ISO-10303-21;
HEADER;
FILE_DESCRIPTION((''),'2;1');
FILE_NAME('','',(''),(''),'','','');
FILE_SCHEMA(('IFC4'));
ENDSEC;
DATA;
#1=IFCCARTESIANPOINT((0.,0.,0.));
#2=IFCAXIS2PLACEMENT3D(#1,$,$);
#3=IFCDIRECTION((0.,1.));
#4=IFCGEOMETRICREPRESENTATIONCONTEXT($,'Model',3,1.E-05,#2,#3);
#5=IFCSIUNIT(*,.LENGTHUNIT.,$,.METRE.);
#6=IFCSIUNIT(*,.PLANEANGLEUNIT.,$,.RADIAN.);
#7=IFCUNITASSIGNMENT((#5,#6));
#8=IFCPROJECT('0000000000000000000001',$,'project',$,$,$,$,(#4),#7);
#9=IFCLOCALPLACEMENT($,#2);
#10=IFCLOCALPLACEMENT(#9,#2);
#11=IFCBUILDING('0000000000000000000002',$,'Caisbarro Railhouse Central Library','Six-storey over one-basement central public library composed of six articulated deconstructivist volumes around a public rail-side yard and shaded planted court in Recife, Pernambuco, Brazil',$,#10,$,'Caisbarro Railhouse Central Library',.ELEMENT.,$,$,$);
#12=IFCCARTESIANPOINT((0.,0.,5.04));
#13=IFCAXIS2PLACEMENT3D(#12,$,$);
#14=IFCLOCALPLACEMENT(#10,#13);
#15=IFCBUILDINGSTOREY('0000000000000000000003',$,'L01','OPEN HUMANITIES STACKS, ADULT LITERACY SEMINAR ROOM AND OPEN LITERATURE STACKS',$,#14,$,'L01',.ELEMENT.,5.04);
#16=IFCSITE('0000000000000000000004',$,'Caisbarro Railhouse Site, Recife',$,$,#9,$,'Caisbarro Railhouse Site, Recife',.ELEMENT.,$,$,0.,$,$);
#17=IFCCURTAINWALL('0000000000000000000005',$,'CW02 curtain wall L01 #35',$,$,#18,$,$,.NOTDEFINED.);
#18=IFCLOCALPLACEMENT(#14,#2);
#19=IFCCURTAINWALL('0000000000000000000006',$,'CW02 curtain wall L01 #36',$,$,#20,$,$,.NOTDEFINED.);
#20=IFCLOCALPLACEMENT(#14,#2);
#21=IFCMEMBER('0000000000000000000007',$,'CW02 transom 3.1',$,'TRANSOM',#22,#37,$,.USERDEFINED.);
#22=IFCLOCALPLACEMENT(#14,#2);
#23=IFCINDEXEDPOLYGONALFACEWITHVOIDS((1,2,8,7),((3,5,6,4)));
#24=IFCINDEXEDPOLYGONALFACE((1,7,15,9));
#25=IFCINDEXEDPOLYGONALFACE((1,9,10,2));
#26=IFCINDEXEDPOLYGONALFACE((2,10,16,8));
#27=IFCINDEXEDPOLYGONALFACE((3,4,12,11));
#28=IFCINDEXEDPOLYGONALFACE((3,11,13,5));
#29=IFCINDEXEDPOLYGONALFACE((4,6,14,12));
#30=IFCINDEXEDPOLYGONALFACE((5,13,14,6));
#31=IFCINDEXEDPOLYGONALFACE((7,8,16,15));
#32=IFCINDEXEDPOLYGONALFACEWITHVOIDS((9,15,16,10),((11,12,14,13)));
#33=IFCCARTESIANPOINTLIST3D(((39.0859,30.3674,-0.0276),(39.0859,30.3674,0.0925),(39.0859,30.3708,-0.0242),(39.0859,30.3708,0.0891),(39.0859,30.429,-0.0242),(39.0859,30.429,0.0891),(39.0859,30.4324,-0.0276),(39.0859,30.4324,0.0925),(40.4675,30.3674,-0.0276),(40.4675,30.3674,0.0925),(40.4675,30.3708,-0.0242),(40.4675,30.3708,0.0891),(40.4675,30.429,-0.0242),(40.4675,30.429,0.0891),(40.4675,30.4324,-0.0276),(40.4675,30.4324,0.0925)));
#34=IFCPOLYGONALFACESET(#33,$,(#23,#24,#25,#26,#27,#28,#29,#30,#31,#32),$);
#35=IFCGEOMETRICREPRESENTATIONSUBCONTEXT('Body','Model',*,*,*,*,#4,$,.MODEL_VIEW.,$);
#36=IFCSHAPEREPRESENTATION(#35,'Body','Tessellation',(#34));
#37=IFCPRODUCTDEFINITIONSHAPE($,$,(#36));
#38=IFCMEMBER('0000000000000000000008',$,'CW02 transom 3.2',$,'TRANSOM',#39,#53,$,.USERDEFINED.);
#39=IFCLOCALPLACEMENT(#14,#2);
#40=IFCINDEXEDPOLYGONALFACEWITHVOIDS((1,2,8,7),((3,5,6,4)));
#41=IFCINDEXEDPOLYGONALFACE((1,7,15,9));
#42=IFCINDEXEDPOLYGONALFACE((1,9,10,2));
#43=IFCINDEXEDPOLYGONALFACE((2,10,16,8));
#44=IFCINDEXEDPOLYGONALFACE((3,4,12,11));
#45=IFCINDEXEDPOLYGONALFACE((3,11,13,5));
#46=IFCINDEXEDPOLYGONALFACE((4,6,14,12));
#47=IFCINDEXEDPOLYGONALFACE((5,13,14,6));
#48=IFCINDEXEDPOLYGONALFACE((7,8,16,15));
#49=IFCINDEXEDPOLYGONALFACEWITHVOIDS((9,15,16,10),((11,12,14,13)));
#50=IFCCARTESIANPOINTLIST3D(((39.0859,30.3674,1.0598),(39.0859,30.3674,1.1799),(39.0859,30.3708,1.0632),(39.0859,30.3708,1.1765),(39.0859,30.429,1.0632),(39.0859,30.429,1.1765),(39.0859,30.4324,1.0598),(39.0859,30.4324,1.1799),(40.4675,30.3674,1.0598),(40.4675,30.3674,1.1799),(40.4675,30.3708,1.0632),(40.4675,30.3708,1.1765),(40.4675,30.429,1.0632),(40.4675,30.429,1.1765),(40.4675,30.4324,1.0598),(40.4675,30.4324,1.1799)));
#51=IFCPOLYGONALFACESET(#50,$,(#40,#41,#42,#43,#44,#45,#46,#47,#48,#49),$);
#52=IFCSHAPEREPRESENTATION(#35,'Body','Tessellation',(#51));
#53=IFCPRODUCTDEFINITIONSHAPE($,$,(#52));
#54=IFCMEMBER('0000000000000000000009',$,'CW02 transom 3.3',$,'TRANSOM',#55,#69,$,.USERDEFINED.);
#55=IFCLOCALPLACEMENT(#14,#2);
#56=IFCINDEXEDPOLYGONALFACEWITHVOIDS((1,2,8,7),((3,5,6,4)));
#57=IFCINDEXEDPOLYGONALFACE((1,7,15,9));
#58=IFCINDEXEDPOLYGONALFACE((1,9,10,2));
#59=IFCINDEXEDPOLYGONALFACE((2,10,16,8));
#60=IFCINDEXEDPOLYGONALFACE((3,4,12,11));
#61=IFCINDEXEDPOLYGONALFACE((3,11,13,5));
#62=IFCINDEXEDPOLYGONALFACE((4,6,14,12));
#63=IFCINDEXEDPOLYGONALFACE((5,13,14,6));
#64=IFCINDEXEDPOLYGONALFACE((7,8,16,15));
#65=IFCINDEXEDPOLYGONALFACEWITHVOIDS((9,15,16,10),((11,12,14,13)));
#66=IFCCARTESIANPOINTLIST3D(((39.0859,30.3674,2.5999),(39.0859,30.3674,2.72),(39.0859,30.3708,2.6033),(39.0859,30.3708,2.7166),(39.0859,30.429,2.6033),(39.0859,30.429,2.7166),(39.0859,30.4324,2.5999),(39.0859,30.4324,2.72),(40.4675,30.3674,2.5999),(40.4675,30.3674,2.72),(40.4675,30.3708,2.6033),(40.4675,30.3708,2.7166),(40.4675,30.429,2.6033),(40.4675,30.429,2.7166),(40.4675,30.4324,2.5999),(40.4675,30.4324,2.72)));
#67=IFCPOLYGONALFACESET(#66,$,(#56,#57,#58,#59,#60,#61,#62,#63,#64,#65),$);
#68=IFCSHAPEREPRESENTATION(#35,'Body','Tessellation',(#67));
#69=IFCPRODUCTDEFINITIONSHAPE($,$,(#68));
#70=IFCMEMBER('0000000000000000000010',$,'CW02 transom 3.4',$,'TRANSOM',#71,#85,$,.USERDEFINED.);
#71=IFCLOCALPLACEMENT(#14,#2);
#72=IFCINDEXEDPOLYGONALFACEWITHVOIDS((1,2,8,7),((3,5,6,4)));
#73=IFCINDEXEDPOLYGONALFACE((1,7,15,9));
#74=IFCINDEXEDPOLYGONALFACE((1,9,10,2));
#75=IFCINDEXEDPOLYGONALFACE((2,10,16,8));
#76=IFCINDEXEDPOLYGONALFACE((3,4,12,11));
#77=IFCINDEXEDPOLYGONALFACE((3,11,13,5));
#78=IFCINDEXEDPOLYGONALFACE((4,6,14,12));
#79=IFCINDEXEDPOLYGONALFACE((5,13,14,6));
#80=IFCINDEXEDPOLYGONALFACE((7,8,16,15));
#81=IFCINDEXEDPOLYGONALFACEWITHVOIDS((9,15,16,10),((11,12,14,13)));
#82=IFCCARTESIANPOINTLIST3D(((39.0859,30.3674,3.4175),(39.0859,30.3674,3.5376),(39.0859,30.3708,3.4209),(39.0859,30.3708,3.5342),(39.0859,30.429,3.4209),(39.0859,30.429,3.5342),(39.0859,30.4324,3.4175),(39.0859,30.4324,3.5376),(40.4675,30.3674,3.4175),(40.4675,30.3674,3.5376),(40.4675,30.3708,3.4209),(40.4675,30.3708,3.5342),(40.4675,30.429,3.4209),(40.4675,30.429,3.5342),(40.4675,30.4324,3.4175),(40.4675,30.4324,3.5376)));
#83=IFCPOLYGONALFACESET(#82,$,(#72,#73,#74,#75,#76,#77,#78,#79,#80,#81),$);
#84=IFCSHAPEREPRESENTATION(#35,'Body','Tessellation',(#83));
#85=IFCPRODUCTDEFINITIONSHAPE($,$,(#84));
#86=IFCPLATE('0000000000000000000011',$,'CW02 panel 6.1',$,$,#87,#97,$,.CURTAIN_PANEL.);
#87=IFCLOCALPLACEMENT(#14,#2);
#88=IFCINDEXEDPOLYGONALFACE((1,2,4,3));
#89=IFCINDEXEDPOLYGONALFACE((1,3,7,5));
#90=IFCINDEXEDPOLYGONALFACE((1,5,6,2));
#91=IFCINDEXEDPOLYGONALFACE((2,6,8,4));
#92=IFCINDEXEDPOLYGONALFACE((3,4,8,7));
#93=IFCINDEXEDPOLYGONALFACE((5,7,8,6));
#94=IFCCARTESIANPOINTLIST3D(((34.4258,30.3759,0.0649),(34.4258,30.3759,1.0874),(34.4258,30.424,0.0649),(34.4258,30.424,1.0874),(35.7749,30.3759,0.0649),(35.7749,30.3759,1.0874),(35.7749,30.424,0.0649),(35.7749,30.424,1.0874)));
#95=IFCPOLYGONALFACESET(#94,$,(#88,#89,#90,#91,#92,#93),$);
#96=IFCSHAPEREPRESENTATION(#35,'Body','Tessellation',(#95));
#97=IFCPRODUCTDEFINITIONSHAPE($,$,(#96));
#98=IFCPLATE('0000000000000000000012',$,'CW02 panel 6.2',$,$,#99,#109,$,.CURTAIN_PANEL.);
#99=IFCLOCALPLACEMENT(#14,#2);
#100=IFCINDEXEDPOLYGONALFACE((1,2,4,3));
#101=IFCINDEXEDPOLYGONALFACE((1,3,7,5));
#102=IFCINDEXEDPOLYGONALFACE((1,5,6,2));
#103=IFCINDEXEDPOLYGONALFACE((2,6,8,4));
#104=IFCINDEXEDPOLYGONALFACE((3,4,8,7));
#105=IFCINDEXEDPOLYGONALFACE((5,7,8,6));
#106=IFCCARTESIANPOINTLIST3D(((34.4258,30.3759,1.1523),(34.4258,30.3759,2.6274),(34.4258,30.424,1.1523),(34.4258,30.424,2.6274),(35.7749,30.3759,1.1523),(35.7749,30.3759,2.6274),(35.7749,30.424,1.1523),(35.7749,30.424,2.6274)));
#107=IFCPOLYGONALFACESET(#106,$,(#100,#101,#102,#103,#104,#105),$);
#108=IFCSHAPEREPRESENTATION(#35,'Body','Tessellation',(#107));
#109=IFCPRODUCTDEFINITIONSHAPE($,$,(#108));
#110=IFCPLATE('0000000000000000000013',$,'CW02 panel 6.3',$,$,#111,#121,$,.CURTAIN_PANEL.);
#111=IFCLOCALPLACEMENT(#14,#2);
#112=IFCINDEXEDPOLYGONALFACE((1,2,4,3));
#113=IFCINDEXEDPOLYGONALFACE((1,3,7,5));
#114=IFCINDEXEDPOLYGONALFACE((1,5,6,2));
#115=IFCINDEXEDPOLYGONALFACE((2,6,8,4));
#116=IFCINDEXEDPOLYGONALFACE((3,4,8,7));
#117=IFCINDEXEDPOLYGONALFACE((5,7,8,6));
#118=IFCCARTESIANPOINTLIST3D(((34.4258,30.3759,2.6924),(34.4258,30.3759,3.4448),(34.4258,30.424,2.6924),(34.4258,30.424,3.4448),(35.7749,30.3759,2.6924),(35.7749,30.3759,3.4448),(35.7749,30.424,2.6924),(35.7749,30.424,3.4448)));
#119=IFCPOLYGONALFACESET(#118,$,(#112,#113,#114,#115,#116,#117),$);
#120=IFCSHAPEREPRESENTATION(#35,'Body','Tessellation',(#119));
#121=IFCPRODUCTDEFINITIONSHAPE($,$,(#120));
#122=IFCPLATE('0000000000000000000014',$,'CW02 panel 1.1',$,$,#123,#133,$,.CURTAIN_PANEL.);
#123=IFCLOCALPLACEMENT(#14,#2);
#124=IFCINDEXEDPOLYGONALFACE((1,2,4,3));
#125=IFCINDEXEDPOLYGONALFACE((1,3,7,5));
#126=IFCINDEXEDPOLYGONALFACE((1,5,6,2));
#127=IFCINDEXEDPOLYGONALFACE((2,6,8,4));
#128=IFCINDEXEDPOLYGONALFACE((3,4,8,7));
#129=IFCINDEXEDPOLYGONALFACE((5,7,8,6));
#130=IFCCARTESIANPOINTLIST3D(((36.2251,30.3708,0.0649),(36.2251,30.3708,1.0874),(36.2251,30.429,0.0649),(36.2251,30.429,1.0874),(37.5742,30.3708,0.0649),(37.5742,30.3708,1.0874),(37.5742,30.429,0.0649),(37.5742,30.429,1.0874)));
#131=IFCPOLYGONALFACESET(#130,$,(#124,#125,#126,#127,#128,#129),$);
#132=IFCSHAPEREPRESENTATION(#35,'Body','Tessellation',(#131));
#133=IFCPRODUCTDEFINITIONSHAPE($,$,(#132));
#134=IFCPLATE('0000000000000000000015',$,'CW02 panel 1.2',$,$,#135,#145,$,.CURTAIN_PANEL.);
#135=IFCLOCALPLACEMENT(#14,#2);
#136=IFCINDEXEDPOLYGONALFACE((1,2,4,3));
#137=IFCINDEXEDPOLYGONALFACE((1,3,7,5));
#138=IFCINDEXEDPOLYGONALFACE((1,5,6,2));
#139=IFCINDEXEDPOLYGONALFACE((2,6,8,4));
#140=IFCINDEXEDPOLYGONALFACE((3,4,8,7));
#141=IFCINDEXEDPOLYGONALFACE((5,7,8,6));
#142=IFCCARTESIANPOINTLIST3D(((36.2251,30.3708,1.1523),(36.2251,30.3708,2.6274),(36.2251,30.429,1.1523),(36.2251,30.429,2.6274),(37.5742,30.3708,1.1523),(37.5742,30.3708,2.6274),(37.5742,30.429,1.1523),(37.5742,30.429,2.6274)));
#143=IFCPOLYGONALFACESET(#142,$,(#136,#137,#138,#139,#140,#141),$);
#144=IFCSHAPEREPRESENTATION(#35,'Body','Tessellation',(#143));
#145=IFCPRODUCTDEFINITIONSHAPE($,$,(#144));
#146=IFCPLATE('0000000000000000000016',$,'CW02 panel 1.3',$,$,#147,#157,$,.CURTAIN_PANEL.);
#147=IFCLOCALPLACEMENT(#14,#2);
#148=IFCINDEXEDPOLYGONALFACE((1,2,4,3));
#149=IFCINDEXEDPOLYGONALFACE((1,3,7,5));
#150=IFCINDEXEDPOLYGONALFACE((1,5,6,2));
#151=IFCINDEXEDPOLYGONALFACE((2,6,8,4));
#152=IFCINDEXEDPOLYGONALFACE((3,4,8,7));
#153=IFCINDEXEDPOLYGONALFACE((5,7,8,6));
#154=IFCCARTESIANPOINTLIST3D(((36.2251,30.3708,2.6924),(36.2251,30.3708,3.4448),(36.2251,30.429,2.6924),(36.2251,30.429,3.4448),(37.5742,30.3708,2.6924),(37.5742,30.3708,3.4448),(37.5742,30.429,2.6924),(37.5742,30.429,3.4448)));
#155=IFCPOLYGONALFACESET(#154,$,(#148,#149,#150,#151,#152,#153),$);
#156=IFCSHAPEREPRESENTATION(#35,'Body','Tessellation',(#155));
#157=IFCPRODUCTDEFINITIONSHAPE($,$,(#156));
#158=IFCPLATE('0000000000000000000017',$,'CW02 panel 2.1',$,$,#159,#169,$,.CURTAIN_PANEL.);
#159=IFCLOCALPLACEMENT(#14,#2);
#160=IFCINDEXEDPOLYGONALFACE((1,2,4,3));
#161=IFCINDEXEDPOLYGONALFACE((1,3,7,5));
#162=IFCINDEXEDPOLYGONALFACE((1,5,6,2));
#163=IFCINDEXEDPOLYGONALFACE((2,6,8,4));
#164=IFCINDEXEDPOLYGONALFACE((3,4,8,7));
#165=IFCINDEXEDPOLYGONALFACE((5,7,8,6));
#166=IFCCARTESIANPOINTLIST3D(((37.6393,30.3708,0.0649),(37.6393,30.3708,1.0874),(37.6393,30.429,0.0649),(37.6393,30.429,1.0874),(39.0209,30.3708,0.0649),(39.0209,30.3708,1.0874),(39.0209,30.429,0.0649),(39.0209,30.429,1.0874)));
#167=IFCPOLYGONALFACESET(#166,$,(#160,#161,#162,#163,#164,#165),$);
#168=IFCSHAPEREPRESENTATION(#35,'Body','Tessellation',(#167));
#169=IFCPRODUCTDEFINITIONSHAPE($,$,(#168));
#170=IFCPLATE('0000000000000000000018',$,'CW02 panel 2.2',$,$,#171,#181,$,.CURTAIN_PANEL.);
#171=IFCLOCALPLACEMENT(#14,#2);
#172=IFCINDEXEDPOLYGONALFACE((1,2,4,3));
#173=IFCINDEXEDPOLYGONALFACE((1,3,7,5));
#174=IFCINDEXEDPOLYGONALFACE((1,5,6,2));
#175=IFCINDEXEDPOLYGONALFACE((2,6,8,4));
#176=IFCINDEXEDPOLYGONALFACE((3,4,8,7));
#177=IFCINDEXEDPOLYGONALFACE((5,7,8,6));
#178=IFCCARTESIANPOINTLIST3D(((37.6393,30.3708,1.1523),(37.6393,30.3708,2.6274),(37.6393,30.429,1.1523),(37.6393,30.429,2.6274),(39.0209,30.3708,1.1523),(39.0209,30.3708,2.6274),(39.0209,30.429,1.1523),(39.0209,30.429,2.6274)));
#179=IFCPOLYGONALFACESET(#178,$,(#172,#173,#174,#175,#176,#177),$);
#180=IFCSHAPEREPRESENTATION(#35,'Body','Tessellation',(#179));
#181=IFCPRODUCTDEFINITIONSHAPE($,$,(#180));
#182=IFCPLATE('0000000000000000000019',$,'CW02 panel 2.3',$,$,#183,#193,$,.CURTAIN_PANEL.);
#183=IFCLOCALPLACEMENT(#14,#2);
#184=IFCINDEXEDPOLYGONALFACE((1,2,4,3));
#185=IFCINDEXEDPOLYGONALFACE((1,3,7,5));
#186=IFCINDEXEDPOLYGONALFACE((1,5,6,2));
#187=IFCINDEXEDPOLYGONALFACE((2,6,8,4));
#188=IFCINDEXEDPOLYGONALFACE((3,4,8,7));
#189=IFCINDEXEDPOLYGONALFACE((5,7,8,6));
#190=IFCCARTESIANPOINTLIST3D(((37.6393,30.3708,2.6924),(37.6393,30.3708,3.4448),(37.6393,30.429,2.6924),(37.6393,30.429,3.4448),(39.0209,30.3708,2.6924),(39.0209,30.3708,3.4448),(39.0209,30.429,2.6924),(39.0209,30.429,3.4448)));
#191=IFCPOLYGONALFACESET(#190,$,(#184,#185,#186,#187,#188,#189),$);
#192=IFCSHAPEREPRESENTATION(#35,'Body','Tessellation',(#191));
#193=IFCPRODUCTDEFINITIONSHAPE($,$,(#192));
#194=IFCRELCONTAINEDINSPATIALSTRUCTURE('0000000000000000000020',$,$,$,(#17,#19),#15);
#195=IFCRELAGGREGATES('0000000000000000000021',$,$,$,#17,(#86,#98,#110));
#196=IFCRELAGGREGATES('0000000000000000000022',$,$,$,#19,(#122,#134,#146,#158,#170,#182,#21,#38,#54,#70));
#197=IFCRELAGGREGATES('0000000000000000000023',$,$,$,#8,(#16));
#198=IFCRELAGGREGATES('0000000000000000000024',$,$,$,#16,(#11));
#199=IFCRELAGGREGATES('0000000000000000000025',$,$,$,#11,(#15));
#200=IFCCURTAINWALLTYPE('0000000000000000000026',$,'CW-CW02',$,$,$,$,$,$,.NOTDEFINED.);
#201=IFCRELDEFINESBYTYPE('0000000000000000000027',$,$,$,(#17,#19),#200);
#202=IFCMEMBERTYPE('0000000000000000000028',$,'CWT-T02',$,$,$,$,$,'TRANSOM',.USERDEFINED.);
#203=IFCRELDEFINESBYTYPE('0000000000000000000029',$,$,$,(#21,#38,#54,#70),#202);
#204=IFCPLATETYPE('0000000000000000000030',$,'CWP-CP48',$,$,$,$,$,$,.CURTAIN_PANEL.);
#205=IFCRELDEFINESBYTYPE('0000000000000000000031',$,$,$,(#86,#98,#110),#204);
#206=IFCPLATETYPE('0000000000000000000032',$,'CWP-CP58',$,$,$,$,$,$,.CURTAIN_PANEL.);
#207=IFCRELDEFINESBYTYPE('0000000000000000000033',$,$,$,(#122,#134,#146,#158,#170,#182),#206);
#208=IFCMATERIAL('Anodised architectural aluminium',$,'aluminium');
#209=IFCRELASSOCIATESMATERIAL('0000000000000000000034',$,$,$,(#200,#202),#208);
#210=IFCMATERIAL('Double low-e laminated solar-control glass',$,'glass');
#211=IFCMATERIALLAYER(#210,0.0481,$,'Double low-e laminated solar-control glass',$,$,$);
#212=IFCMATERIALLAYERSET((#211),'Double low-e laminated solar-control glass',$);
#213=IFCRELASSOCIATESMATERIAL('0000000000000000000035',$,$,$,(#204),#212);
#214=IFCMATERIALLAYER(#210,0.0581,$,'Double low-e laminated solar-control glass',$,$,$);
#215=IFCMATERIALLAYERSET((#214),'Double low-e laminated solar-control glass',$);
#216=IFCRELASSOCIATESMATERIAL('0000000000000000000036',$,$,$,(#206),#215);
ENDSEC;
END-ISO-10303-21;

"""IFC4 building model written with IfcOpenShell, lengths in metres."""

from ifc_helpers import new_model, si_unit, direction, frame, origin, origin_2d, place, context, subcontext, project, spatial, rectangle, hollow_rectangle, extrude, material, layer, layer_set, material_profile, profile_set, type_object, element, aggregate, save


model = new_model("IFC4")

# Units and contexts
model_context = context("Model", 3, precision=1e-05, world=origin(), true_north=direction((0.0, 1.0)))
body_context = subcontext(model_context, "Body", "Model", "MODEL_VIEW")
ifc_project = project(units=[si_unit("LENGTHUNIT", "METRE"), si_unit("PLANEANGLEUNIT", "RADIAN")], contexts=[model_context])

# Site, building, storey
site_placement = place(None, origin())
site = spatial("IfcSite", under=ifc_project, at=site_placement, Name="Caisbarro Railhouse Site, Recife", LongName="Caisbarro Railhouse Site, Recife", CompositionType="ELEMENT", RefElevation=0.0)
building_placement = place(site_placement, origin())
building = spatial("IfcBuilding", under=site, at=building_placement, Name="Caisbarro Railhouse Central Library", Description="Six-storey over one-basement central public library composed of six articulated deconstructivist volumes around a public rail-side yard and shaded planted court in Recife, Pernambuco, Brazil", LongName="Caisbarro Railhouse Central Library", CompositionType="ELEMENT")
storey_placement = place(building_placement, frame((0.0, 0.0, 5.04)))
storey = spatial("IfcBuildingStorey", under=building, at=storey_placement, Name="L01", Description="OPEN HUMANITIES STACKS, ADULT LITERACY SEMINAR ROOM AND OPEN LITERATURE STACKS", LongName="L01", CompositionType="ELEMENT", Elevation=5.04)

# Curtain wall
ifc_material_1 = material(Name="Anodised architectural aluminium", Category="aluminium")
curtain_wall_type = type_object("IfcCurtainWallType", Name="CW-CW02", PredefinedType="NOTDEFINED", material=ifc_material_1)
curtain_wall_1_placement = place(storey_placement, origin())
curtain_wall_1 = element("IfcCurtainWall", 1, at=curtain_wall_1_placement, inside=storey, type_object=curtain_wall_type, Name="CW02 curtain wall L01 #35", PredefinedType="NOTDEFINED")

# Curtain wall
curtain_wall_2_placement = place(storey_placement, origin())
curtain_wall_2 = element("IfcCurtainWall", 2, at=curtain_wall_2_placement, inside=storey, type_object=curtain_wall_type, Name="CW02 curtain wall L01 #36", PredefinedType="NOTDEFINED")

# Members
ifc_material_profile_1 = material_profile(ifc_material_1, hollow_rectangle(XDim=0.0649, YDim=0.1201, WallThickness=0.0034, at=origin_2d()), Name="ALU-TRN-65X120")
ifc_profile_set_1 = profile_set([ifc_material_profile_1], Name="Anodised architectural aluminium")
member_type_1 = type_object("IfcMemberType", Name="CWT-T02", ElementType="TRANSOM", PredefinedType="USERDEFINED", material=ifc_profile_set_1)
member_1_placement = place(storey_placement, frame((39.0859, 30.3999, 0.0325), z_axis=(1.0, 0.0, 0.0), x_axis=(0.0, 1.0, 0.0)))
member_1 = element("IfcMember", 3, at=member_1_placement, type_object=member_type_1, Name="CW02 transom 3.1", ObjectType="TRANSOM", PredefinedType="USERDEFINED", context=body_context, shape_type="SweptSolid", body=[
    extrude(hollow_rectangle(XDim=0.0649, YDim=0.1201, WallThickness=0.0034, at=origin_2d()), origin(), (0.0, 0.0, 1.0), 1.3816),
])
member_2_placement = place(storey_placement, frame((39.0859, 30.3999, 1.1199), z_axis=(1.0, 0.0, 0.0), x_axis=(0.0, 1.0, 0.0)))
member_2 = element("IfcMember", 4, at=member_2_placement, type_object=member_type_1, Name="CW02 transom 3.2", ObjectType="TRANSOM", PredefinedType="USERDEFINED", context=body_context, shape_type="SweptSolid", body=[
    extrude(hollow_rectangle(XDim=0.0649, YDim=0.1201, WallThickness=0.0034, at=origin_2d()), origin(), (0.0, 0.0, 1.0), 1.3816),
])
member_3_placement = place(storey_placement, frame((39.0859, 30.3999, 2.6599), z_axis=(1.0, 0.0, 0.0), x_axis=(0.0, 1.0, 0.0)))
member_3 = element("IfcMember", 5, at=member_3_placement, type_object=member_type_1, Name="CW02 transom 3.3", ObjectType="TRANSOM", PredefinedType="USERDEFINED", context=body_context, shape_type="SweptSolid", body=[
    extrude(hollow_rectangle(XDim=0.0649, YDim=0.1201, WallThickness=0.0034, at=origin_2d()), origin(), (0.0, 0.0, 1.0), 1.3816),
])
member_4_placement = place(storey_placement, frame((39.0859, 30.3999, 3.4775), z_axis=(1.0, 0.0, 0.0), x_axis=(0.0, 1.0, 0.0)))
member_4 = element("IfcMember", 6, at=member_4_placement, type_object=member_type_1, Name="CW02 transom 3.4", ObjectType="TRANSOM", PredefinedType="USERDEFINED", context=body_context, shape_type="SweptSolid", body=[
    extrude(hollow_rectangle(XDim=0.0649, YDim=0.1201, WallThickness=0.0034, at=origin_2d()), origin(), (0.0, 0.0, 1.0), 1.3816),
])

# Plates
ifc_material_2 = material(Name="Double low-e laminated solar-control glass", Category="glass")
ifc_layer_1 = layer(ifc_material_2, 0.0481, Name="Double low-e laminated solar-control glass")
ifc_layer_set_1 = layer_set([ifc_layer_1], Name="Double low-e laminated solar-control glass")
plate_type_1 = type_object("IfcPlateType", Name="CWP-CP48", PredefinedType="CURTAIN_PANEL", material=ifc_layer_set_1)
plate_1_placement = place(storey_placement, frame((35.1003, 30.3999, 0.0649), z_axis=(0.0, 0.0, 1.0), x_axis=(1.0, 0.0, 0.0)))
plate_1 = element("IfcPlate", 7, at=plate_1_placement, type_object=plate_type_1, Name="CW02 panel 6.1", PredefinedType="CURTAIN_PANEL", context=body_context, shape_type="SweptSolid", body=[
    extrude(rectangle(XDim=1.3491, YDim=0.0481, at=origin_2d()), origin(), (0.0, 0.0, 1.0), 1.0225),
])
plate_2_placement = place(storey_placement, frame((35.1003, 30.3999, 1.1523), z_axis=(0.0, 0.0, 1.0), x_axis=(1.0, 0.0, 0.0)))
plate_2 = element("IfcPlate", 8, at=plate_2_placement, type_object=plate_type_1, Name="CW02 panel 6.2", PredefinedType="CURTAIN_PANEL", context=body_context, shape_type="SweptSolid", body=[
    extrude(rectangle(XDim=1.3491, YDim=0.0481, at=origin_2d()), origin(), (0.0, 0.0, 1.0), 1.4751),
])
plate_3_placement = place(storey_placement, frame((35.1003, 30.3999, 2.6924), z_axis=(0.0, 0.0, 1.0), x_axis=(1.0, 0.0, 0.0)))
plate_3 = element("IfcPlate", 9, at=plate_3_placement, type_object=plate_type_1, Name="CW02 panel 6.3", PredefinedType="CURTAIN_PANEL", context=body_context, shape_type="SweptSolid", body=[
    extrude(rectangle(XDim=1.3491, YDim=0.0481, at=origin_2d()), origin(), (0.0, 0.0, 1.0), 0.7524),
])
aggregate(curtain_wall_1, [plate_1, plate_2, plate_3])
ifc_layer_2 = layer(ifc_material_2, 0.0581, Name="Double low-e laminated solar-control glass")
ifc_layer_set_2 = layer_set([ifc_layer_2], Name="Double low-e laminated solar-control glass")
plate_type_2 = type_object("IfcPlateType", Name="CWP-CP58", PredefinedType="CURTAIN_PANEL", material=ifc_layer_set_2)
plate_4_placement = place(storey_placement, frame((36.8997, 30.3999, 0.0649), z_axis=(0.0, 0.0, 1.0), x_axis=(1.0, 0.0, 0.0)))
plate_4 = element("IfcPlate", 10, at=plate_4_placement, type_object=plate_type_2, Name="CW02 panel 1.1", PredefinedType="CURTAIN_PANEL", context=body_context, shape_type="SweptSolid", body=[
    extrude(rectangle(XDim=1.3491, YDim=0.0581, at=origin_2d()), origin(), (0.0, 0.0, 1.0), 1.0225),
])
plate_5_placement = place(storey_placement, frame((36.8997, 30.3999, 1.1523), z_axis=(0.0, 0.0, 1.0), x_axis=(1.0, 0.0, 0.0)))
plate_5 = element("IfcPlate", 11, at=plate_5_placement, type_object=plate_type_2, Name="CW02 panel 1.2", PredefinedType="CURTAIN_PANEL", context=body_context, shape_type="SweptSolid", body=[
    extrude(rectangle(XDim=1.3491, YDim=0.0581, at=origin_2d()), origin(), (0.0, 0.0, 1.0), 1.4751),
])
plate_6_placement = place(storey_placement, frame((36.8997, 30.3999, 2.6924), z_axis=(0.0, 0.0, 1.0), x_axis=(1.0, 0.0, 0.0)))
plate_6 = element("IfcPlate", 12, at=plate_6_placement, type_object=plate_type_2, Name="CW02 panel 1.3", PredefinedType="CURTAIN_PANEL", context=body_context, shape_type="SweptSolid", body=[
    extrude(rectangle(XDim=1.3491, YDim=0.0581, at=origin_2d()), origin(), (0.0, 0.0, 1.0), 0.7524),
])
plate_7_placement = place(storey_placement, frame((38.3301, 30.3999, 0.0649), z_axis=(0.0, 0.0, 1.0), x_axis=(1.0, 0.0, 0.0)))
plate_7 = element("IfcPlate", 13, at=plate_7_placement, type_object=plate_type_2, Name="CW02 panel 2.1", PredefinedType="CURTAIN_PANEL", context=body_context, shape_type="SweptSolid", body=[
    extrude(rectangle(XDim=1.3816, YDim=0.0581, at=origin_2d()), origin(), (0.0, 0.0, 1.0), 1.0225),
])
plate_8_placement = place(storey_placement, frame((38.3301, 30.3999, 1.1523), z_axis=(0.0, 0.0, 1.0), x_axis=(1.0, 0.0, 0.0)))
plate_8 = element("IfcPlate", 14, at=plate_8_placement, type_object=plate_type_2, Name="CW02 panel 2.2", PredefinedType="CURTAIN_PANEL", context=body_context, shape_type="SweptSolid", body=[
    extrude(rectangle(XDim=1.3816, YDim=0.0581, at=origin_2d()), origin(), (0.0, 0.0, 1.0), 1.4751),
])
plate_9_placement = place(storey_placement, frame((38.3301, 30.3999, 2.6924), z_axis=(0.0, 0.0, 1.0), x_axis=(1.0, 0.0, 0.0)))
plate_9 = element("IfcPlate", 15, at=plate_9_placement, type_object=plate_type_2, Name="CW02 panel 2.3", PredefinedType="CURTAIN_PANEL", context=body_context, shape_type="SweptSolid", body=[
    extrude(rectangle(XDim=1.3816, YDim=0.0581, at=origin_2d()), origin(), (0.0, 0.0, 1.0), 0.7524),
])
aggregate(curtain_wall_2, [plate_4, plate_5, plate_6, plate_7, plate_8, plate_9, member_1, member_2, member_3, member_4])

save(model, "model.ifc")
